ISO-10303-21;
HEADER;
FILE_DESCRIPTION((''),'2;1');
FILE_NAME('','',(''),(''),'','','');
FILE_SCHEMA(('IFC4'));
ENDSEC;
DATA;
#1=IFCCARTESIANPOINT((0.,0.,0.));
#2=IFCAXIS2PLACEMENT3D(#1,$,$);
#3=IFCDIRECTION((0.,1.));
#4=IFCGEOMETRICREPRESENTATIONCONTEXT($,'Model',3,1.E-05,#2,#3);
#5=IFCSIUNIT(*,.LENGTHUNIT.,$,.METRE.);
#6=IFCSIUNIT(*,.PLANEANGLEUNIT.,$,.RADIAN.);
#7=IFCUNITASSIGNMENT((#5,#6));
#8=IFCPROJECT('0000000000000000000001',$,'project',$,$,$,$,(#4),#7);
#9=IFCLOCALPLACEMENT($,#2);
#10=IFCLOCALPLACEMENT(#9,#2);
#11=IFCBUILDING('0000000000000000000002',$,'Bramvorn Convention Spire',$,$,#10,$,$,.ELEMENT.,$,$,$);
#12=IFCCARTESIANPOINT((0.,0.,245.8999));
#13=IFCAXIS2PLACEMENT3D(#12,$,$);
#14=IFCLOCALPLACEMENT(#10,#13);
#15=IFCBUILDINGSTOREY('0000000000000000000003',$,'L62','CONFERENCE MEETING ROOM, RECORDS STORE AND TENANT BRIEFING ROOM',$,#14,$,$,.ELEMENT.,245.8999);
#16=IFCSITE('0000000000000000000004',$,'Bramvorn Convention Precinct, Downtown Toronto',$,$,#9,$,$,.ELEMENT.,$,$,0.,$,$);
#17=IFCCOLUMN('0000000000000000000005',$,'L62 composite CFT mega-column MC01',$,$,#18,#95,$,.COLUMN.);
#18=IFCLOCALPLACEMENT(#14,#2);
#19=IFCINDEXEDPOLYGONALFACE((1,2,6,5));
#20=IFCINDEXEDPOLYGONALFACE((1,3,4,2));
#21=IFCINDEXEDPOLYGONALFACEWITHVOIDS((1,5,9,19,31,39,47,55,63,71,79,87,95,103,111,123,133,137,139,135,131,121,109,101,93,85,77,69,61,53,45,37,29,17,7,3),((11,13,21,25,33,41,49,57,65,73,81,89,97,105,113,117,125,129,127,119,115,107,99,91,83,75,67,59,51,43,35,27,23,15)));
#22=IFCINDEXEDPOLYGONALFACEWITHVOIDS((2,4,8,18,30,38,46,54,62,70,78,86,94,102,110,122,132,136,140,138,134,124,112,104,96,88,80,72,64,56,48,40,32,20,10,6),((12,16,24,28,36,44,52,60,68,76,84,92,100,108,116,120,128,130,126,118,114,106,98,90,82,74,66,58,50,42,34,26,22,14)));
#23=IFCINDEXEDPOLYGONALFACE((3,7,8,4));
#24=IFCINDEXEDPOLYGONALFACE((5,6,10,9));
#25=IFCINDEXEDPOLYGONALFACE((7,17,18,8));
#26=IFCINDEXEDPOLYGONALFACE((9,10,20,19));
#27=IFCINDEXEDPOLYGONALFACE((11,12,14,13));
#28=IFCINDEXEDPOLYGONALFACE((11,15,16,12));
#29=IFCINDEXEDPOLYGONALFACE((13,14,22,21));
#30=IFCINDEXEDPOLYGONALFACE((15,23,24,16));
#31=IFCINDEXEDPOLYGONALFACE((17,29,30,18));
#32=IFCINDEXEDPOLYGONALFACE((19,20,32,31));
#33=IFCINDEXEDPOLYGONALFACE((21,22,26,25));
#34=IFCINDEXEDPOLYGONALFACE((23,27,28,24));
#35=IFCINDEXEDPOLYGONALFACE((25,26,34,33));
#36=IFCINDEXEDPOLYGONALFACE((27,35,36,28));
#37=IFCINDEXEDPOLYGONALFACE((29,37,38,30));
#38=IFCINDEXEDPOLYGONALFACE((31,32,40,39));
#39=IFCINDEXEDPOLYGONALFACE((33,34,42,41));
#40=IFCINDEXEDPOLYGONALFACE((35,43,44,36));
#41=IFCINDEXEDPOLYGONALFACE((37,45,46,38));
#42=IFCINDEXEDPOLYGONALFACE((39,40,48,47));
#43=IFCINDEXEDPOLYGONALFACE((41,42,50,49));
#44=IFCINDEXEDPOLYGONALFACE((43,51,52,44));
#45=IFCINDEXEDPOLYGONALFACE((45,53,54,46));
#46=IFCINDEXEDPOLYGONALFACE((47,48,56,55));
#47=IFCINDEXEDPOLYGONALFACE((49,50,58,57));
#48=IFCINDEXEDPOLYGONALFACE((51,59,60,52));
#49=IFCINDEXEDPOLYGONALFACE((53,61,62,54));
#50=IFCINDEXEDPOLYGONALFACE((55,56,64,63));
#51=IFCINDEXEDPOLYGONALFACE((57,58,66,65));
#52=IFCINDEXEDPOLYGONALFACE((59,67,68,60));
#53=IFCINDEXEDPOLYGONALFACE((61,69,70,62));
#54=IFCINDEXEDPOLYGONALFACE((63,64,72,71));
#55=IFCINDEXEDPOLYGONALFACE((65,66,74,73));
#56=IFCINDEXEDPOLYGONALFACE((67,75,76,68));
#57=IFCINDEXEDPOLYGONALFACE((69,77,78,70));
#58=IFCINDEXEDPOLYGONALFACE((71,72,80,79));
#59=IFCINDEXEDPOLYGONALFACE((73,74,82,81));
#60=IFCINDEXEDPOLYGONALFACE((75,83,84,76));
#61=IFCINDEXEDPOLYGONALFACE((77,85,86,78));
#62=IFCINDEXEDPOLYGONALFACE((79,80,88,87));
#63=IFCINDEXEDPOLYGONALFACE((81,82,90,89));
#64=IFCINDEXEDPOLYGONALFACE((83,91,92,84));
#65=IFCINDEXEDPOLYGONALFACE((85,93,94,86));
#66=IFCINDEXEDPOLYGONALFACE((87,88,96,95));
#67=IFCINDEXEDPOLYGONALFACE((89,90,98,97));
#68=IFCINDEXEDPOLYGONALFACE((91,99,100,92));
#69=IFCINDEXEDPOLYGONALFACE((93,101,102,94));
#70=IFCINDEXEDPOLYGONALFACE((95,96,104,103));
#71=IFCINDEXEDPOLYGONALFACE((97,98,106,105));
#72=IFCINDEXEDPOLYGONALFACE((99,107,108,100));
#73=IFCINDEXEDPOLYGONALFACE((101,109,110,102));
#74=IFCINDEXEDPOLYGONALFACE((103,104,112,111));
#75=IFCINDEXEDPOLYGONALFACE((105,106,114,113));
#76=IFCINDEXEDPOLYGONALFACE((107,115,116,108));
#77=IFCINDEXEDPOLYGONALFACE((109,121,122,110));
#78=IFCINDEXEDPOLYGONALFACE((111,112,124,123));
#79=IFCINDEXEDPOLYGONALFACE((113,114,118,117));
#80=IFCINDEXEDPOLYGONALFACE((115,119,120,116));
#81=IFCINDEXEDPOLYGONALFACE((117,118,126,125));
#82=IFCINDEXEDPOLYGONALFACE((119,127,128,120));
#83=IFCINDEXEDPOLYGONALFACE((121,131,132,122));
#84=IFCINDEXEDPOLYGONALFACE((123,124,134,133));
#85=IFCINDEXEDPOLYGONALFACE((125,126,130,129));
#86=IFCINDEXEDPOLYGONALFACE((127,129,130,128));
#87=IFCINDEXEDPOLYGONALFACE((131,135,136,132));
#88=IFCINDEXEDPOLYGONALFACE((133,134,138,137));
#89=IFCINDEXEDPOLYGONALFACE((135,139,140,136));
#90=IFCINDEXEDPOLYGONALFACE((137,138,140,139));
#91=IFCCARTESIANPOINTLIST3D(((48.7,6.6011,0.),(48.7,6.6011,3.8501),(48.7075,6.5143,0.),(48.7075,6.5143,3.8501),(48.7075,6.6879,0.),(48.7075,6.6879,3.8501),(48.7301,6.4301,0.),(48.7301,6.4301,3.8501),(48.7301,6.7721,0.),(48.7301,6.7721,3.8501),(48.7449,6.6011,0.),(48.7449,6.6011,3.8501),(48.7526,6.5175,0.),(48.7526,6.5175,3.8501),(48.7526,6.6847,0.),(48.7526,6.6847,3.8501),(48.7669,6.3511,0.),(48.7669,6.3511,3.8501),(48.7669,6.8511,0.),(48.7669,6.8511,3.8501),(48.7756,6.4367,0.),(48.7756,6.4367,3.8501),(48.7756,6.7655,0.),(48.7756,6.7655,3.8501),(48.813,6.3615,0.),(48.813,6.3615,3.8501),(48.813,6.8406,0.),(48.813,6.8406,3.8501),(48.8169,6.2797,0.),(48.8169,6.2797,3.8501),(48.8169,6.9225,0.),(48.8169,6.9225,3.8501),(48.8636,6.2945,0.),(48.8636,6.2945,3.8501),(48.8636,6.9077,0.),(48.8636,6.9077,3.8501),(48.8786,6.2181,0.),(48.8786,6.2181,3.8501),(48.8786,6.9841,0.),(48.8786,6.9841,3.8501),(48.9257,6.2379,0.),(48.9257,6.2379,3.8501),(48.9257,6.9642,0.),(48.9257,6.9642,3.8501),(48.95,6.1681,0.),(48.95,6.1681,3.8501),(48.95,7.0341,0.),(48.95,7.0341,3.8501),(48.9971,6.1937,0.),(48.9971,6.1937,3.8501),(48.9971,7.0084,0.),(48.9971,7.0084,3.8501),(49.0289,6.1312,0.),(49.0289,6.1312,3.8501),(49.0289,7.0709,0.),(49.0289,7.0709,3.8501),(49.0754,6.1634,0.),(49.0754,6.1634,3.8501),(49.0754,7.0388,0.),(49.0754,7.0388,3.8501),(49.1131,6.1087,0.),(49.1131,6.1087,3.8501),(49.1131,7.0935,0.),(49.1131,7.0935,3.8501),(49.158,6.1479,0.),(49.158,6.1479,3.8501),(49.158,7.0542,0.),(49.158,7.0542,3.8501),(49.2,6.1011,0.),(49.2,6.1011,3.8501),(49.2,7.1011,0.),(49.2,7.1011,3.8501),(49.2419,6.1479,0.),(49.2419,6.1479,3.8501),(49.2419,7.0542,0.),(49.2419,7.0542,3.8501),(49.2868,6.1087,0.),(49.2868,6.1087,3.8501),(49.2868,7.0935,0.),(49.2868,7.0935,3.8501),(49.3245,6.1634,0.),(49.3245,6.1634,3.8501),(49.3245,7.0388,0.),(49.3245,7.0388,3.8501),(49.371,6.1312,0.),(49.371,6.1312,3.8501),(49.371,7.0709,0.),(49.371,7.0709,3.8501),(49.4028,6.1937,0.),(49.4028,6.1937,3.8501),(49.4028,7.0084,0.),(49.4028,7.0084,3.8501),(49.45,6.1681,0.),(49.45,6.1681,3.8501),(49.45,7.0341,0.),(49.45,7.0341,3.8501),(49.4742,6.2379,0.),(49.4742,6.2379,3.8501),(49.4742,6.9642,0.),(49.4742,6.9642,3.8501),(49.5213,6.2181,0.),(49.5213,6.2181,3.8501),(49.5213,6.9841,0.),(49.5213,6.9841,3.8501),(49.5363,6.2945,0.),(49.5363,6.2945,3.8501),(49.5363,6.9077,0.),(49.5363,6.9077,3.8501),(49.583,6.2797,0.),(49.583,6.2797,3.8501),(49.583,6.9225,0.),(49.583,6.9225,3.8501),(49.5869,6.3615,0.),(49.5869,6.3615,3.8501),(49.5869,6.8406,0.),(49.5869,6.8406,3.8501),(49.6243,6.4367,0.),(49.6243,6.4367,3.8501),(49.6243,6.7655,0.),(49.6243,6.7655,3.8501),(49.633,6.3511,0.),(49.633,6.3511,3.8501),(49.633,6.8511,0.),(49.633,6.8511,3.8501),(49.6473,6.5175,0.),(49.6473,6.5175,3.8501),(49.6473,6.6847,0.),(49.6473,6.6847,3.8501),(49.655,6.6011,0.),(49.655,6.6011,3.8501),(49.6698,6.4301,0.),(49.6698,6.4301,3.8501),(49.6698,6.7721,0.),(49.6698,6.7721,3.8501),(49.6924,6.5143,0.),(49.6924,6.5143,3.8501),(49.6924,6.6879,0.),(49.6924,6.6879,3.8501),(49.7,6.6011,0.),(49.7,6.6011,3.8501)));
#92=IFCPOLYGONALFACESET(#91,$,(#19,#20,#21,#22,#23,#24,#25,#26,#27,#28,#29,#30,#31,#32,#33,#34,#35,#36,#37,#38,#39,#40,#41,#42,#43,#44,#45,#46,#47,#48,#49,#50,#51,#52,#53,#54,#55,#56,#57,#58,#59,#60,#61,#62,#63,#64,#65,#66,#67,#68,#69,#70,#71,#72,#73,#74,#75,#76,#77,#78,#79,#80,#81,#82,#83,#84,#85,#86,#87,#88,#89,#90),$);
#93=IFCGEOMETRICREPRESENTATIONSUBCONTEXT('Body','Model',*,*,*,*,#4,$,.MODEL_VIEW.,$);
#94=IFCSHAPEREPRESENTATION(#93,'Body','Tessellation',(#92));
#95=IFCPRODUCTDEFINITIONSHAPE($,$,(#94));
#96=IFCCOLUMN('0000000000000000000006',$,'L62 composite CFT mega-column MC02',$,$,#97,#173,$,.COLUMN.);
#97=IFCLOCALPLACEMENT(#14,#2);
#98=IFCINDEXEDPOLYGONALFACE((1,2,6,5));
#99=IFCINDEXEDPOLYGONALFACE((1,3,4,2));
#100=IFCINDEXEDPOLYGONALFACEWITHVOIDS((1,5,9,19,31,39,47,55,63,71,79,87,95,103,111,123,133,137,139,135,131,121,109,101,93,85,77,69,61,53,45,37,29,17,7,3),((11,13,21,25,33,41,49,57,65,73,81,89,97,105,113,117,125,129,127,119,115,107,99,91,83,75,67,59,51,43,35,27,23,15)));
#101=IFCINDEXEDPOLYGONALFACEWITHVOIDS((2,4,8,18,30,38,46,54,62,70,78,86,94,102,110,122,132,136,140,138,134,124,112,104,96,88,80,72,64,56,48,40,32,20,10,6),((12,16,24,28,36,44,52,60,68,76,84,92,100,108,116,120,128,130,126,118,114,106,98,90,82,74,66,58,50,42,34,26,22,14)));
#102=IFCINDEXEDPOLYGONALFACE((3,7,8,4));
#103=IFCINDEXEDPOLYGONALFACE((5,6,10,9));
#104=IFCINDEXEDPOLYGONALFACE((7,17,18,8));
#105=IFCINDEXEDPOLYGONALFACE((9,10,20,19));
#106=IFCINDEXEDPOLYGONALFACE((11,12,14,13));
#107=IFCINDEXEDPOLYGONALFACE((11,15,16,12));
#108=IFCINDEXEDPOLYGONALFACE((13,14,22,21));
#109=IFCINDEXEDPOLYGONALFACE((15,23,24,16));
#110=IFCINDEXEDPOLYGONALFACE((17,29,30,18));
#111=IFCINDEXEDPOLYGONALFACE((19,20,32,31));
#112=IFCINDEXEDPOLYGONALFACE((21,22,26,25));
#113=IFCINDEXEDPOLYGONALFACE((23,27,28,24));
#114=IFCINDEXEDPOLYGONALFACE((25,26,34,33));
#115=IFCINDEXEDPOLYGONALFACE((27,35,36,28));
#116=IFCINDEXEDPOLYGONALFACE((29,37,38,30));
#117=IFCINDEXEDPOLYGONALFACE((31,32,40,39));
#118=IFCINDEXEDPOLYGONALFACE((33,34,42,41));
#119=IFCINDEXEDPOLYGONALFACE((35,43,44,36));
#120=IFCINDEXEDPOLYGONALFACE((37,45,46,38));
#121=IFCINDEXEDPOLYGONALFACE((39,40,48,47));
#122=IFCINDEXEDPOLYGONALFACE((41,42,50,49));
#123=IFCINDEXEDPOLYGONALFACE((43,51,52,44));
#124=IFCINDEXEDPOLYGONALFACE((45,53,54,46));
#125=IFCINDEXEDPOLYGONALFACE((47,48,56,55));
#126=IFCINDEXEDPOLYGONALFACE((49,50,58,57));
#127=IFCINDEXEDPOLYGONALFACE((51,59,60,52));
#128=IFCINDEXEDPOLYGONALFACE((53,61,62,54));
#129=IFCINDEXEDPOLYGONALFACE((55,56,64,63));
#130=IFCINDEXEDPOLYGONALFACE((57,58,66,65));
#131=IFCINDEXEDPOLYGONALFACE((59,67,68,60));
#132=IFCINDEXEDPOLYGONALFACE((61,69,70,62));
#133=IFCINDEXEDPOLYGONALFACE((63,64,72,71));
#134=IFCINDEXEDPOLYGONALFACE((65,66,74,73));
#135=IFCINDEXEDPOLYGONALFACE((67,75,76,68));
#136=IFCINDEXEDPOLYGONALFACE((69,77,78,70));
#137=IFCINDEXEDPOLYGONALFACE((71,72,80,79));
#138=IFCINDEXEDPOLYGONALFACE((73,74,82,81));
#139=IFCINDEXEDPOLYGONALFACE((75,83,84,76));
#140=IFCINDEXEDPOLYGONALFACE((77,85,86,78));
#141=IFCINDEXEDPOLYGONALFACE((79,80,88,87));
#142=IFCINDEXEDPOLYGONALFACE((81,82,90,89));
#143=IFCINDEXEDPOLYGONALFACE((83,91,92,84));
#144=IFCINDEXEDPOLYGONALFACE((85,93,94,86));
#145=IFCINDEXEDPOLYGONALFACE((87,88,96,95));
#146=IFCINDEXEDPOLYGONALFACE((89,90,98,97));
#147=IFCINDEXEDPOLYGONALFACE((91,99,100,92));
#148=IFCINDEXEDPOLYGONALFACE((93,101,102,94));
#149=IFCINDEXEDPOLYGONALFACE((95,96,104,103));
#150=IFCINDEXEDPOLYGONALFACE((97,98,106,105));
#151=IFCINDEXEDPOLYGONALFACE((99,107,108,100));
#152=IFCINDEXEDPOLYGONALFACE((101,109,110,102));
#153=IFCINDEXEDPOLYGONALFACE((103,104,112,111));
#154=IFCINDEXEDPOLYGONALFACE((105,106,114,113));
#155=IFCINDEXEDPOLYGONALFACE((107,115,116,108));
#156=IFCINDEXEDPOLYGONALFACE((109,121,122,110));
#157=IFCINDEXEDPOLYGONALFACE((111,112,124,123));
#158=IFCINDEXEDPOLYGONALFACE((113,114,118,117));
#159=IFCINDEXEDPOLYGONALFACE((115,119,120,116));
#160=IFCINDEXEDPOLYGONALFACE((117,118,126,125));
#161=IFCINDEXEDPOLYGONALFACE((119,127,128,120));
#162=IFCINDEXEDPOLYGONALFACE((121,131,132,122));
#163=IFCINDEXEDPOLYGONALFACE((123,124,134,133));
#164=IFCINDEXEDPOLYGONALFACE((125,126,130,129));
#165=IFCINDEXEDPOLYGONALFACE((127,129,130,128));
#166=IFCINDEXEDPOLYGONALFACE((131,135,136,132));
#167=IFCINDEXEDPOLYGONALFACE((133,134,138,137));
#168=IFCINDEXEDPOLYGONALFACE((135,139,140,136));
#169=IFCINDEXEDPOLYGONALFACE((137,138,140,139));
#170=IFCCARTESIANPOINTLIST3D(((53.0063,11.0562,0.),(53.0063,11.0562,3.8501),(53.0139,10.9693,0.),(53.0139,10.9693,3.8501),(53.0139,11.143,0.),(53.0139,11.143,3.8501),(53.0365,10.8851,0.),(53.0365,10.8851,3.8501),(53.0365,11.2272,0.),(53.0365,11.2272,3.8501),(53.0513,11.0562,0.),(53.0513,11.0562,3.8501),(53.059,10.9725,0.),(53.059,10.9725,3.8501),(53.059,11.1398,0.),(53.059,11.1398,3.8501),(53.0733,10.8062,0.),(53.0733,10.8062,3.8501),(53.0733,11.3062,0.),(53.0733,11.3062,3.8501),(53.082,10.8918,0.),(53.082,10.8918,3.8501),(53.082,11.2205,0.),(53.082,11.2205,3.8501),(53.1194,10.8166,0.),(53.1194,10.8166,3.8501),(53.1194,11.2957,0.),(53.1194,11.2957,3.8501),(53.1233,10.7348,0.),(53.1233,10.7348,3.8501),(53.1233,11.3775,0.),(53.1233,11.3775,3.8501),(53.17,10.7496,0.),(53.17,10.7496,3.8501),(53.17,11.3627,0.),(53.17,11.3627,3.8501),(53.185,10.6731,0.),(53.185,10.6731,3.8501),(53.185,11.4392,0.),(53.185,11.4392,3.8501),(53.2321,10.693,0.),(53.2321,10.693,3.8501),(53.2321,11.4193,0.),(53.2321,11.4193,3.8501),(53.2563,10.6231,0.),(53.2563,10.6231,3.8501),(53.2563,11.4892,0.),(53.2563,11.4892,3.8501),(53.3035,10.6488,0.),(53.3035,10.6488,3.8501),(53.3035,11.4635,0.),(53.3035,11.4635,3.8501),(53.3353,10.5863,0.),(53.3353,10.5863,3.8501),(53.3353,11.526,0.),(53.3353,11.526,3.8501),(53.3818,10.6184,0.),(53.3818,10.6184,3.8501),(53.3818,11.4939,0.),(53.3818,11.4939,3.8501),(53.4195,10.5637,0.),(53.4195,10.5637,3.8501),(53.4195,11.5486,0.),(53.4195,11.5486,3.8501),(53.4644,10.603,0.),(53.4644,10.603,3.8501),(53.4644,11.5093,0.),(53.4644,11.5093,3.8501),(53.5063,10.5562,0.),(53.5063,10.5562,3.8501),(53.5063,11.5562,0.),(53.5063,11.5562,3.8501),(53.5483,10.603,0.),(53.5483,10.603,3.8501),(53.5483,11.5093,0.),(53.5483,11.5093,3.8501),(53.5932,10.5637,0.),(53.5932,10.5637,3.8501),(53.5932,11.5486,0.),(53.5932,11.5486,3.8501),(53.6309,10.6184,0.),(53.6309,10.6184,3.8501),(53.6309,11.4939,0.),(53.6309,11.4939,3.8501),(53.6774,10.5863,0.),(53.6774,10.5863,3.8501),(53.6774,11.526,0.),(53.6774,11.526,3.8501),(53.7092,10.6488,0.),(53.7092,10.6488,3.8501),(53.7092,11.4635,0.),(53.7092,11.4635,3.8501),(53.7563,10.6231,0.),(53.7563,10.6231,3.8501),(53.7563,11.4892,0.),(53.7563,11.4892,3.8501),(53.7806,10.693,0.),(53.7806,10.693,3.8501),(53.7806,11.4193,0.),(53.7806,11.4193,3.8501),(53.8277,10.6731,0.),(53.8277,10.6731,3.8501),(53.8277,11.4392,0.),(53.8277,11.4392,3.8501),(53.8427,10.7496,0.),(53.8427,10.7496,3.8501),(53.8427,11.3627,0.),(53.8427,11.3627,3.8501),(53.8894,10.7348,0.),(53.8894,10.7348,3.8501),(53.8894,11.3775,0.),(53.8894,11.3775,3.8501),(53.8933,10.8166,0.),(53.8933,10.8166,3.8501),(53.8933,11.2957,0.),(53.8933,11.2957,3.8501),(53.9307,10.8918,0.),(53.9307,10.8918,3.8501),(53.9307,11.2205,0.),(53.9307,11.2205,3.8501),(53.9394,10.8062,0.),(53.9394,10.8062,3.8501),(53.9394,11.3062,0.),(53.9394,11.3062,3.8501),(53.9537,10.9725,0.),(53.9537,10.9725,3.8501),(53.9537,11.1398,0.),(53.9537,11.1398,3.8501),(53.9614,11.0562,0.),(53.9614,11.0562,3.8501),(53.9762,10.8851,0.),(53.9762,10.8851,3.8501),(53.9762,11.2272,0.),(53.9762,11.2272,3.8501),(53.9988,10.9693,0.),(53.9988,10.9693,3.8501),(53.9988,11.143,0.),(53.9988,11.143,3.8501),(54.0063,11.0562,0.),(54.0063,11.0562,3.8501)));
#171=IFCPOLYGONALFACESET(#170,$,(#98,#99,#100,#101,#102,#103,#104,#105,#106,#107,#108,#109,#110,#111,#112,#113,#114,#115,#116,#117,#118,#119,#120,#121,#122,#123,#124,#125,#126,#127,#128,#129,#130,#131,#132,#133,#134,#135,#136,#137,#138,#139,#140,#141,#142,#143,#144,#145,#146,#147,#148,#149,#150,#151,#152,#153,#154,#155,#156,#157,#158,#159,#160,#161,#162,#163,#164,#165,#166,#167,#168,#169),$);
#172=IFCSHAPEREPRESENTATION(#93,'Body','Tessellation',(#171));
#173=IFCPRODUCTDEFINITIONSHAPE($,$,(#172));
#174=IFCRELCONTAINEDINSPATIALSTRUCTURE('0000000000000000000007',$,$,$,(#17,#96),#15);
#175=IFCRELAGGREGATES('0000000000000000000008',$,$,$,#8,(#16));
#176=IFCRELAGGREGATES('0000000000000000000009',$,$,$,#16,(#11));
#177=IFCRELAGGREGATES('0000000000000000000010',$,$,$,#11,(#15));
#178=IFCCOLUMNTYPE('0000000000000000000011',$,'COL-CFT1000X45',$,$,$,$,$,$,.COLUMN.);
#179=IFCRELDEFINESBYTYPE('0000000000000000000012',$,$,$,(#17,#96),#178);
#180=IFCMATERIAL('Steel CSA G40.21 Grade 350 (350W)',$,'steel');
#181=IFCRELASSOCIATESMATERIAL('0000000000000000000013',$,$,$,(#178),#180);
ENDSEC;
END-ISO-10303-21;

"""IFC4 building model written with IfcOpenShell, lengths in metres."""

from ifc_helpers import new_model, si_unit, direction, frame, origin, origin_2d, place, context, subcontext, project, spatial, hollow_circle, extrude, material, material_profile, profile_set, type_object, element, save


model = new_model("IFC4")

# Units and contexts
model_context = context("Model", 3, precision=1e-05, world=origin(), true_north=direction((0.0, 1.0)))
body_context = subcontext(model_context, "Body", "Model", "MODEL_VIEW")
ifc_project = project(units=[si_unit("LENGTHUNIT", "METRE"), si_unit("PLANEANGLEUNIT", "RADIAN")], contexts=[model_context])

# Site, building, storey
site_placement = place(None, origin())
site = spatial("IfcSite", under=ifc_project, at=site_placement, Name="Bramvorn Convention Precinct, Downtown Toronto", CompositionType="ELEMENT", RefElevation=0.0)
building_placement = place(site_placement, origin())
building = spatial("IfcBuilding", under=site, at=building_placement, Name="Bramvorn Convention Spire", CompositionType="ELEMENT")
storey_placement = place(building_placement, frame((0.0, 0.0, 245.8999)))
storey = spatial("IfcBuildingStorey", under=building, at=storey_placement, Name="L62", Description="CONFERENCE MEETING ROOM, RECORDS STORE AND TENANT BRIEFING ROOM", CompositionType="ELEMENT", Elevation=245.8999)

# Columns
ifc_material_1 = material(Name="Steel CSA G40.21 Grade 350 (350W)", Category="steel")
ifc_material_profile_1 = material_profile(ifc_material_1, hollow_circle(Radius=0.5, WallThickness=0.0449, at=origin_2d()))
ifc_profile_set_1 = profile_set([ifc_material_profile_1], Name="Steel CSA G40.21 Grade 350 (350W) - CFT1000X45")
column_type = type_object("IfcColumnType", Name="COL-CFT1000X45", PredefinedType="COLUMN", material=ifc_profile_set_1)
for number, where, z_axis, x_axis, name in (
    (1, (49.2, 6.6011, 0.0), (0.0, 0.0, 1.0), (1.0, 0.0, 0.0), "L62 composite CFT mega-column MC01"),
    (2, (53.5063, 11.0562, 0.0), (0.0, 0.0, 1.0), (1.0, 0.0, 0.0), "L62 composite CFT mega-column MC02"),
):
    element("IfcColumn", number, at=place(storey_placement, frame(where, z_axis=z_axis, x_axis=x_axis)), inside=storey, type_object=column_type, Name=name, PredefinedType="COLUMN", context=body_context, shape_type="SweptSolid", body=[
        extrude(hollow_circle(Radius=0.5, WallThickness=0.0449, at=origin_2d()), origin(), (0.0, 0.0, 1.0), 3.8501),
    ])

save(model, "model.ifc")
